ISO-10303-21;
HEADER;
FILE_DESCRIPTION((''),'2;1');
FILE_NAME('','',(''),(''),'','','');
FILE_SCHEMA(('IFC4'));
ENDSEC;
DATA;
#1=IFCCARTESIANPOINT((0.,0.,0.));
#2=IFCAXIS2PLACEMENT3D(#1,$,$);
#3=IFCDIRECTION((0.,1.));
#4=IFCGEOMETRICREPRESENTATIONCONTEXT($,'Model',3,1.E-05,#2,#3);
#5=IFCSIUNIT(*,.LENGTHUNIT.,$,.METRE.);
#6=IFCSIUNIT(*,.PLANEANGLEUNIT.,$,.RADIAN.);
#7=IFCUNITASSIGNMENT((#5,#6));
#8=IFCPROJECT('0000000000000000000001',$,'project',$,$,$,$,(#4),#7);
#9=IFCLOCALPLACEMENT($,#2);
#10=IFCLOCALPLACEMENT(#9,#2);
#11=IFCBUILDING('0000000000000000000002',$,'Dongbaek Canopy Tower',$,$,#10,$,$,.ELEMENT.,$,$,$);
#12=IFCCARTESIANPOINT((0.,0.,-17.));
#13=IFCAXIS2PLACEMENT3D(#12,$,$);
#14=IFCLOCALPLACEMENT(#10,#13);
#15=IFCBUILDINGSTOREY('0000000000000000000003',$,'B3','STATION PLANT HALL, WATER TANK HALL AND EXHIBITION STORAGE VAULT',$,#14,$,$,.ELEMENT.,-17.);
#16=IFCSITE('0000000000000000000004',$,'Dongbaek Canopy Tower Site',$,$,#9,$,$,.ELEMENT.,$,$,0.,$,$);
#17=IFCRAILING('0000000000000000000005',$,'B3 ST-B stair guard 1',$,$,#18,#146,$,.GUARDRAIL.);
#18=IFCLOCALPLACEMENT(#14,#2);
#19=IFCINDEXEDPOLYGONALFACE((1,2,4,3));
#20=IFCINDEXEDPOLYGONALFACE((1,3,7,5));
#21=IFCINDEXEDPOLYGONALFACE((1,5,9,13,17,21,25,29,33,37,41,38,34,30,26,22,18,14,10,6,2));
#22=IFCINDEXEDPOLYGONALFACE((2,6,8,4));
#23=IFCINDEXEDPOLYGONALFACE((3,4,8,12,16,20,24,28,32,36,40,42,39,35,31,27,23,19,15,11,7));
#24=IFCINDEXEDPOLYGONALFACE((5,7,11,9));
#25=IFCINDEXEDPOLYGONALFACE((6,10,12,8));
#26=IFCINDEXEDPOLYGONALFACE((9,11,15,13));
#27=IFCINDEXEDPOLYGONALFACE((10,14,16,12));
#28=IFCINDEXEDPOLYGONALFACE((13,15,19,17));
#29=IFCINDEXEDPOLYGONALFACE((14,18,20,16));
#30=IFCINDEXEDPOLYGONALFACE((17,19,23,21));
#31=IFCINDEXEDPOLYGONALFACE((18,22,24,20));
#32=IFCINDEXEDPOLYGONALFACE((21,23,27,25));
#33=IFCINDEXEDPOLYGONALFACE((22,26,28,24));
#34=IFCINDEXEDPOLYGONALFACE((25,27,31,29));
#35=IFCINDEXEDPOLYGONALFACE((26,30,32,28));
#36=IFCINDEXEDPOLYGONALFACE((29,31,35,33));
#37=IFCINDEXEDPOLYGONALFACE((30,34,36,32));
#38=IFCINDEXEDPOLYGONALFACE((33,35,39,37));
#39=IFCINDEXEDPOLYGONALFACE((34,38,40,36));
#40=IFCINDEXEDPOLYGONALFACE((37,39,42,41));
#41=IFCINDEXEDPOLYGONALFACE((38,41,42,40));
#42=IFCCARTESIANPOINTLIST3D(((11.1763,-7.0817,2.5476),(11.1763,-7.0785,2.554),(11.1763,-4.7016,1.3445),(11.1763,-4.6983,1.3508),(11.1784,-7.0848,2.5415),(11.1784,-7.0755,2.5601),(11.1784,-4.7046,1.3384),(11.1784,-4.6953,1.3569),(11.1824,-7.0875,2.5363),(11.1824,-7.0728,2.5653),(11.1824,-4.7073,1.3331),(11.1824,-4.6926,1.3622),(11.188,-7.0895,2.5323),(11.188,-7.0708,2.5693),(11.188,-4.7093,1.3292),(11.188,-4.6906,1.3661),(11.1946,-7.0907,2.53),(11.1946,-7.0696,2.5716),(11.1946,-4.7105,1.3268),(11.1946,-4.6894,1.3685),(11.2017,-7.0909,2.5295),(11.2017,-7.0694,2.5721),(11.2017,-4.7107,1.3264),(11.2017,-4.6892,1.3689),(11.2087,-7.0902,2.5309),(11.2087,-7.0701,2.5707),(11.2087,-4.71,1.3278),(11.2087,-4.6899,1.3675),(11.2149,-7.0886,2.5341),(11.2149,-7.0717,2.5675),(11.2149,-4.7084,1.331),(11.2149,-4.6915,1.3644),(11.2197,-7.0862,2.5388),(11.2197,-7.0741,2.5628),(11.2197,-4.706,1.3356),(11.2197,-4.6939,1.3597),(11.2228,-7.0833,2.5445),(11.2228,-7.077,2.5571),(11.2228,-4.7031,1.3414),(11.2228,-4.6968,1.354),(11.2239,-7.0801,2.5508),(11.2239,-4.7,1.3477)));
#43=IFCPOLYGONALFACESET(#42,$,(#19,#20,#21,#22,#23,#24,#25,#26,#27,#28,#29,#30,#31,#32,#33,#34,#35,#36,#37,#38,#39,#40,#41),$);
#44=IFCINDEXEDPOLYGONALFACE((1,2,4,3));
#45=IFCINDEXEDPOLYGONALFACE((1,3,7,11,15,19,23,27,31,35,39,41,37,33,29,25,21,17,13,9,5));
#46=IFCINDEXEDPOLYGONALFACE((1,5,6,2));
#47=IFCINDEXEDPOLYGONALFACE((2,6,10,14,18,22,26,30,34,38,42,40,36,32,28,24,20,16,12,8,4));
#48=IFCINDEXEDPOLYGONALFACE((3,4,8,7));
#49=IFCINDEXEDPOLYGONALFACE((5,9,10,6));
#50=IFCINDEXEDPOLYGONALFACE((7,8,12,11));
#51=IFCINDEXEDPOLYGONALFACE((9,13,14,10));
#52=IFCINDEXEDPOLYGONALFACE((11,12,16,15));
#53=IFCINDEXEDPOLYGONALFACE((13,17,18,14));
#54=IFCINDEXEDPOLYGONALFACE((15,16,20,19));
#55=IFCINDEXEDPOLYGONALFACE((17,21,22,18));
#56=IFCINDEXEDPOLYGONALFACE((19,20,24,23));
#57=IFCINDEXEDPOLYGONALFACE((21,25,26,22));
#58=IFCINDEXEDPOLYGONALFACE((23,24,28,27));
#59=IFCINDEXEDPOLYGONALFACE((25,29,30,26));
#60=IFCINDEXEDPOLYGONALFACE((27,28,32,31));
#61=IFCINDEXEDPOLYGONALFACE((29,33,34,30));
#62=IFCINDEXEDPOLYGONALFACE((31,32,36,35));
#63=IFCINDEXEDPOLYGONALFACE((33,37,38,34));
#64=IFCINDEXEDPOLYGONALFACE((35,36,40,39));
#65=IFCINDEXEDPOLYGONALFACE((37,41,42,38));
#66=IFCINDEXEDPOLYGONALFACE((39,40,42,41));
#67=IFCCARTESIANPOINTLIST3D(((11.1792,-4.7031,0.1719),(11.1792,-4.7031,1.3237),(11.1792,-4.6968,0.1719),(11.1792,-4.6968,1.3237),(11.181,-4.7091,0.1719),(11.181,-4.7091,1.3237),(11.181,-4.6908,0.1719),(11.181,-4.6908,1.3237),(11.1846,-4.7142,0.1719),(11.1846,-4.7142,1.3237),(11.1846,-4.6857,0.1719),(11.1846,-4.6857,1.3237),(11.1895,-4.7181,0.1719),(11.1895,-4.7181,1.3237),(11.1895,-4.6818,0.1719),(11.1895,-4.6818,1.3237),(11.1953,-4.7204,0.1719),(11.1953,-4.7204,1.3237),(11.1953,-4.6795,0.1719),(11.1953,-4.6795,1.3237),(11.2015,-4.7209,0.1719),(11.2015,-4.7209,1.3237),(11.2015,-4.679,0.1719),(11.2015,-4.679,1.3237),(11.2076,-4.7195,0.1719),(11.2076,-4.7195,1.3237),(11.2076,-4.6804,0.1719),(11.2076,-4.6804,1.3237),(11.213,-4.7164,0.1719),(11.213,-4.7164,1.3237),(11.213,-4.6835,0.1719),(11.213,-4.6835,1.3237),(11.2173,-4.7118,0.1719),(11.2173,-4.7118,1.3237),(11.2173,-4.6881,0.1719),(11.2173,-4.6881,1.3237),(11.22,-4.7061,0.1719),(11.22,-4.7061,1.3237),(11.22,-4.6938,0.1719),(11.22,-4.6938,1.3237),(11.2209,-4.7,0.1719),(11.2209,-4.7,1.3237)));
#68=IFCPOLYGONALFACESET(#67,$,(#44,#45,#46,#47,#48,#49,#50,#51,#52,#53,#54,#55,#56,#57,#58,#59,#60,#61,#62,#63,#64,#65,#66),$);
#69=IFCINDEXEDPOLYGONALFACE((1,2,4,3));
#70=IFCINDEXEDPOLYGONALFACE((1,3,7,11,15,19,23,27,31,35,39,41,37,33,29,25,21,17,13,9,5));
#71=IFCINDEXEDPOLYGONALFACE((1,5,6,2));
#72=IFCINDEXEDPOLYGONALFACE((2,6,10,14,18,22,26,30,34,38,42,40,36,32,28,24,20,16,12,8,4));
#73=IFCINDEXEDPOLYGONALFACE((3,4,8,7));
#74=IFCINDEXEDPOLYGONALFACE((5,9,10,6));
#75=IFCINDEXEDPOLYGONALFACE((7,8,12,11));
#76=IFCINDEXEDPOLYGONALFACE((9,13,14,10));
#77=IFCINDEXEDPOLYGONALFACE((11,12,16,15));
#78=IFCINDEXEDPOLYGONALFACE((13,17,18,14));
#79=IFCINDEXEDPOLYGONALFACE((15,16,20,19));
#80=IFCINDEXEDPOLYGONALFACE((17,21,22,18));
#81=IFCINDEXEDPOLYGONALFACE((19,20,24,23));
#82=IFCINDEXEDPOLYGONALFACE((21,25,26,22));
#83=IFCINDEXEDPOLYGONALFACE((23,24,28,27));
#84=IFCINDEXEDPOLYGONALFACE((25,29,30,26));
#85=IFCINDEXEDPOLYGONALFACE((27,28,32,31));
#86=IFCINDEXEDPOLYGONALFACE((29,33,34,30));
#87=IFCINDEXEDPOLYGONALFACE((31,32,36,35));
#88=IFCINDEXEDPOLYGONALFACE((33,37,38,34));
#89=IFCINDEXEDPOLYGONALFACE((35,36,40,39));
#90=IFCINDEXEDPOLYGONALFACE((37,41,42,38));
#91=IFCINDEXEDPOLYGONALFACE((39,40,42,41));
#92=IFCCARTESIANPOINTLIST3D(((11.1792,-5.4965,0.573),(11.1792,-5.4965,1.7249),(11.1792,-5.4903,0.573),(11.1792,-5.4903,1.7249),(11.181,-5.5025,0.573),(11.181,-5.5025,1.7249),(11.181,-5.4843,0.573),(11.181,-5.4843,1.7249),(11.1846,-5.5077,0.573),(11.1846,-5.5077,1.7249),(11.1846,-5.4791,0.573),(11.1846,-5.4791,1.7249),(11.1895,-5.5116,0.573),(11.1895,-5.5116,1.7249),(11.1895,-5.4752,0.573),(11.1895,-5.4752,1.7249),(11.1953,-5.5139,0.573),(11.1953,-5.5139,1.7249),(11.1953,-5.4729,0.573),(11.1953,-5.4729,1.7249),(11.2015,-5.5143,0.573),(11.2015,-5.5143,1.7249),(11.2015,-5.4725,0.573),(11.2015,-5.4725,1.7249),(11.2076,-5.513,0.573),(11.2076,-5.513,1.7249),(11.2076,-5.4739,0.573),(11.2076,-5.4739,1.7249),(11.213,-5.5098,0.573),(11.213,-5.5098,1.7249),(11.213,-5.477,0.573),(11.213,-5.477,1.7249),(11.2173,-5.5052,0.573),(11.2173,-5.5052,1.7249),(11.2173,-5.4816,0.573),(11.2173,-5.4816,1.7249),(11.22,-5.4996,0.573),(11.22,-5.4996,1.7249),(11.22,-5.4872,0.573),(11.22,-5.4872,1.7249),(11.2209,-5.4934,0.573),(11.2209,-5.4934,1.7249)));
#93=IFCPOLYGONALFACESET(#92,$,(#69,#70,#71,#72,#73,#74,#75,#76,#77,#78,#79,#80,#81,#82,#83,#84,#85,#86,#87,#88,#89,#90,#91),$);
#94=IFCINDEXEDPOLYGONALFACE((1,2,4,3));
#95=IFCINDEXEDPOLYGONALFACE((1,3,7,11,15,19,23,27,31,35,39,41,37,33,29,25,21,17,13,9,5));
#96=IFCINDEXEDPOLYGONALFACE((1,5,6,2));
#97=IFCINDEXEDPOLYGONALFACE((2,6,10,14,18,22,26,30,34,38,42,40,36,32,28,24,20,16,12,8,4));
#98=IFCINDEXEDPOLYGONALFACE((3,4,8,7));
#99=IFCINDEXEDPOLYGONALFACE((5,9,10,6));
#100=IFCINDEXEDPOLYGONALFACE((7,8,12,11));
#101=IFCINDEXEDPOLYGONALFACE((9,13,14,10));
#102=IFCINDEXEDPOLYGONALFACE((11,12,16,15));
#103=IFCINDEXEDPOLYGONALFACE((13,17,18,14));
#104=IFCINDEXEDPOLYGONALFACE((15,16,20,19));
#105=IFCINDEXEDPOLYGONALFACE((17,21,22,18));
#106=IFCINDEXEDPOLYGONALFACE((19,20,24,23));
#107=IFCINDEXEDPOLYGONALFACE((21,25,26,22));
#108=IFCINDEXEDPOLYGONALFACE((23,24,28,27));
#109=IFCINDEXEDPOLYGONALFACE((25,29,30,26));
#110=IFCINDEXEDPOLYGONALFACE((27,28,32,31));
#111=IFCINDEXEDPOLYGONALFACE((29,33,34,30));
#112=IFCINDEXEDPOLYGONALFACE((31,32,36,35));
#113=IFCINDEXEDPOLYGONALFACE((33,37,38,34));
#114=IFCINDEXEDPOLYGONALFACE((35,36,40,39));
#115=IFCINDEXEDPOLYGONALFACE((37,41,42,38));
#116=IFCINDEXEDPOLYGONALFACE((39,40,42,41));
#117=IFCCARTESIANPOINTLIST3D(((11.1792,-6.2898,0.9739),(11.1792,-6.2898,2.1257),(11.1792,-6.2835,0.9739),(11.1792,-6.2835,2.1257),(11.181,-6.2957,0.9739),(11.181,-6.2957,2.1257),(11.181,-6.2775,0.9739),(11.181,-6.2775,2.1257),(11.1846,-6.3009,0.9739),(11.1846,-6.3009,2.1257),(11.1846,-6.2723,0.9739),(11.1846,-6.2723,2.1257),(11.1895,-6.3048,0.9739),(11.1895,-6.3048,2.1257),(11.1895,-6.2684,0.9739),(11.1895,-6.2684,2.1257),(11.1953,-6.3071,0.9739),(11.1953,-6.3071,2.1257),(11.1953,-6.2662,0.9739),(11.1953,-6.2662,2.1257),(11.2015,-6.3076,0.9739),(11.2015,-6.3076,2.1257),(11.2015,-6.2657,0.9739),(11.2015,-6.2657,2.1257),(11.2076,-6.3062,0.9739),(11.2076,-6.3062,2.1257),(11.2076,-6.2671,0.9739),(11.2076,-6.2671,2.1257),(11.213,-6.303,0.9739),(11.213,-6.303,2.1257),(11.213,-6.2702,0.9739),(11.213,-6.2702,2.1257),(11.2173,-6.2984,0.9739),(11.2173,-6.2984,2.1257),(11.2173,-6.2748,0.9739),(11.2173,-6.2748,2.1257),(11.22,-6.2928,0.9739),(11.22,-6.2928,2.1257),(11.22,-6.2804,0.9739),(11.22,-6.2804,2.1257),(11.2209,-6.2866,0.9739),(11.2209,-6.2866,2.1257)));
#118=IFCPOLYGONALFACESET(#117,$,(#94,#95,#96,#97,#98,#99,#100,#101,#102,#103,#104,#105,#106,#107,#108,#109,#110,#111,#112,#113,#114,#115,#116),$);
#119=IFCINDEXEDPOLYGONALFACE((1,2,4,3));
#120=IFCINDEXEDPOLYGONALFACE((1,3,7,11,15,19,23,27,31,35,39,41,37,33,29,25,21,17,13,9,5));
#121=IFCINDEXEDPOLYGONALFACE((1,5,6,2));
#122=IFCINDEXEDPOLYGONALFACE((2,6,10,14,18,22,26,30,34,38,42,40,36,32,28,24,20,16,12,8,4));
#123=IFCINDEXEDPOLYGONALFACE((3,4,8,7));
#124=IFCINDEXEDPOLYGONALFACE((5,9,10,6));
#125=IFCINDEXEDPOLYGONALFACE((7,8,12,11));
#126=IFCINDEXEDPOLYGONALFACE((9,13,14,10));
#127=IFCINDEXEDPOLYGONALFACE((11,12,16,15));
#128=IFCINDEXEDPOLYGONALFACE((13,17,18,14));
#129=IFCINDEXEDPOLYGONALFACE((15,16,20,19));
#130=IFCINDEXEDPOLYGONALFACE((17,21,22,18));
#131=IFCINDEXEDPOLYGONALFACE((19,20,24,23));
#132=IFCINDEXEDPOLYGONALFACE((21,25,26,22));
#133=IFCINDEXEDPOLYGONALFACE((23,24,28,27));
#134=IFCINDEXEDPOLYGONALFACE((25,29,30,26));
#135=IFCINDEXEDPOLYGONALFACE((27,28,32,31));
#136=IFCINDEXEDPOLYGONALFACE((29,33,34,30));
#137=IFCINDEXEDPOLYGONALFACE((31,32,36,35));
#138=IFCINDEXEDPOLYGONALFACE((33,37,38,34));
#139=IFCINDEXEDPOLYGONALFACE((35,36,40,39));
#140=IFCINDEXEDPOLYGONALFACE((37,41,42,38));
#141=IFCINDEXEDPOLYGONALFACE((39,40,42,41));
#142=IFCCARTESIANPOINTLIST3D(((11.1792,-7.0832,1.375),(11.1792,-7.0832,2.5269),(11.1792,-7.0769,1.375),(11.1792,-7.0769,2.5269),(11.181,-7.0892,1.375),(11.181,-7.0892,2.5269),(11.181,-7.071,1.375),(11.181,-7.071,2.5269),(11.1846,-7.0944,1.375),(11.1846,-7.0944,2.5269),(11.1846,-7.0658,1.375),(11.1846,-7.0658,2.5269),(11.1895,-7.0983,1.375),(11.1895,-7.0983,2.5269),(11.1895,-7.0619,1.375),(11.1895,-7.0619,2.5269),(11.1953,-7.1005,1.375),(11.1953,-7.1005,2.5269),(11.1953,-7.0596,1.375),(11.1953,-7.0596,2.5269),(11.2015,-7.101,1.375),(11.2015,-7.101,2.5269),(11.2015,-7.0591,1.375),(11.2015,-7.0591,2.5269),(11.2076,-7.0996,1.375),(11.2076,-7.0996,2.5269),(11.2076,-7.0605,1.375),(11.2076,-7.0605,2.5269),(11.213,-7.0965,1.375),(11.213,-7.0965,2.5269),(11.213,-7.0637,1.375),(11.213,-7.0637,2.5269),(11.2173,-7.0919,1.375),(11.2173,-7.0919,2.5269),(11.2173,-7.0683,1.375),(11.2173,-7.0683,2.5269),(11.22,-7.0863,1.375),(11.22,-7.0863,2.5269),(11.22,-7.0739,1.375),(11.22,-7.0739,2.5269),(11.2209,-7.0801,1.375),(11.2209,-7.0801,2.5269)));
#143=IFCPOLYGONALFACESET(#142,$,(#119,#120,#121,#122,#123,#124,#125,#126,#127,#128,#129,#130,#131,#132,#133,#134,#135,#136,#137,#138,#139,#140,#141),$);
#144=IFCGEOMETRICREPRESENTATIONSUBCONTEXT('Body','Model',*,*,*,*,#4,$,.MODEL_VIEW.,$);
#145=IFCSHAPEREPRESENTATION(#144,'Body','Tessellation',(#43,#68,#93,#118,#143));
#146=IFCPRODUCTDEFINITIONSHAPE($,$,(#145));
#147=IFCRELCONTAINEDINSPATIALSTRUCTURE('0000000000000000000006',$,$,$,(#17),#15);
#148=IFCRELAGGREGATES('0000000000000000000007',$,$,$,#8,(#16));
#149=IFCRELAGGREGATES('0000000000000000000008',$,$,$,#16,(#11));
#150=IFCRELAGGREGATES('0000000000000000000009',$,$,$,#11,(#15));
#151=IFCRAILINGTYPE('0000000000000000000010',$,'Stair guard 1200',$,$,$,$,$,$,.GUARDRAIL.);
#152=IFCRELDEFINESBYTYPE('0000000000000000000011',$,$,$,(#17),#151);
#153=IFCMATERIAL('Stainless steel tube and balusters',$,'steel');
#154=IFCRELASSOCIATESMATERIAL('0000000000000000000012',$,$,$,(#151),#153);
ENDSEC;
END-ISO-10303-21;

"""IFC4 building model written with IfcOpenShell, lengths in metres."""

from ifc_helpers import new_model, si_unit, direction, frame, origin, origin_2d, place, context, subcontext, project, spatial, circle, extrude, material, type_object, element, save


model = new_model("IFC4")

# Units and contexts
model_context = context("Model", 3, precision=1e-05, world=origin(), true_north=direction((0.0, 1.0)))
body_context = subcontext(model_context, "Body", "Model", "MODEL_VIEW")
ifc_project = project(units=[si_unit("LENGTHUNIT", "METRE"), si_unit("PLANEANGLEUNIT", "RADIAN")], contexts=[model_context])

# Site, building, storey
site_placement = place(None, origin())
site = spatial("IfcSite", under=ifc_project, at=site_placement, Name="Dongbaek Canopy Tower Site", CompositionType="ELEMENT", RefElevation=0.0)
building_placement = place(site_placement, origin())
building = spatial("IfcBuilding", under=site, at=building_placement, Name="Dongbaek Canopy Tower", CompositionType="ELEMENT")
storey_placement = place(building_placement, frame((0.0, 0.0, -17.0)))
storey = spatial("IfcBuildingStorey", under=building, at=storey_placement, Name="B3", Description="STATION PLANT HALL, WATER TANK HALL AND EXHIBITION STORAGE VAULT", CompositionType="ELEMENT", Elevation=-17.0)

# Railing
ifc_material_1 = material(Name="Stainless steel tube and balusters", Category="steel")
railing_type_1 = type_object("IfcRailingType", Name="Stair guard 1200", PredefinedType="GUARDRAIL", material=ifc_material_1)
railing_1_placement = place(storey_placement, frame((11.2, -4.7, 0.1719)))
element("IfcRailing", 1, at=railing_1_placement, inside=storey, type_object=railing_type_1, Name="B3 ST-B stair guard 1", PredefinedType="GUARDRAIL", context=body_context, shape_type="SweptSolid", body=[
    extrude(circle(Radius=0.0239, at=origin_2d()), frame((0.0, 0.0, 1.1758), z_axis=(0.0, -0.89246, 0.451127), x_axis=(1.0, 0.0, 0.0)), (0.0, 0.0, 1.0), 2.667),
    extrude(circle(Radius=0.021, at=origin_2d()), origin(), (0.0, 0.0, 1.0), 1.1519),
    extrude(circle(Radius=0.021, at=origin_2d()), frame((0.0, -0.7935, 0.4011)), (0.0, 0.0, 1.0), 1.1519),
    extrude(circle(Radius=0.021, at=origin_2d()), frame((0.0, -1.5867, 0.802)), (0.0, 0.0, 1.0), 1.1519),
    extrude(circle(Radius=0.021, at=origin_2d()), frame((0.0, -2.3801, 1.2031)), (0.0, 0.0, 1.0), 1.1519),
])

save(model, "model.ifc")
